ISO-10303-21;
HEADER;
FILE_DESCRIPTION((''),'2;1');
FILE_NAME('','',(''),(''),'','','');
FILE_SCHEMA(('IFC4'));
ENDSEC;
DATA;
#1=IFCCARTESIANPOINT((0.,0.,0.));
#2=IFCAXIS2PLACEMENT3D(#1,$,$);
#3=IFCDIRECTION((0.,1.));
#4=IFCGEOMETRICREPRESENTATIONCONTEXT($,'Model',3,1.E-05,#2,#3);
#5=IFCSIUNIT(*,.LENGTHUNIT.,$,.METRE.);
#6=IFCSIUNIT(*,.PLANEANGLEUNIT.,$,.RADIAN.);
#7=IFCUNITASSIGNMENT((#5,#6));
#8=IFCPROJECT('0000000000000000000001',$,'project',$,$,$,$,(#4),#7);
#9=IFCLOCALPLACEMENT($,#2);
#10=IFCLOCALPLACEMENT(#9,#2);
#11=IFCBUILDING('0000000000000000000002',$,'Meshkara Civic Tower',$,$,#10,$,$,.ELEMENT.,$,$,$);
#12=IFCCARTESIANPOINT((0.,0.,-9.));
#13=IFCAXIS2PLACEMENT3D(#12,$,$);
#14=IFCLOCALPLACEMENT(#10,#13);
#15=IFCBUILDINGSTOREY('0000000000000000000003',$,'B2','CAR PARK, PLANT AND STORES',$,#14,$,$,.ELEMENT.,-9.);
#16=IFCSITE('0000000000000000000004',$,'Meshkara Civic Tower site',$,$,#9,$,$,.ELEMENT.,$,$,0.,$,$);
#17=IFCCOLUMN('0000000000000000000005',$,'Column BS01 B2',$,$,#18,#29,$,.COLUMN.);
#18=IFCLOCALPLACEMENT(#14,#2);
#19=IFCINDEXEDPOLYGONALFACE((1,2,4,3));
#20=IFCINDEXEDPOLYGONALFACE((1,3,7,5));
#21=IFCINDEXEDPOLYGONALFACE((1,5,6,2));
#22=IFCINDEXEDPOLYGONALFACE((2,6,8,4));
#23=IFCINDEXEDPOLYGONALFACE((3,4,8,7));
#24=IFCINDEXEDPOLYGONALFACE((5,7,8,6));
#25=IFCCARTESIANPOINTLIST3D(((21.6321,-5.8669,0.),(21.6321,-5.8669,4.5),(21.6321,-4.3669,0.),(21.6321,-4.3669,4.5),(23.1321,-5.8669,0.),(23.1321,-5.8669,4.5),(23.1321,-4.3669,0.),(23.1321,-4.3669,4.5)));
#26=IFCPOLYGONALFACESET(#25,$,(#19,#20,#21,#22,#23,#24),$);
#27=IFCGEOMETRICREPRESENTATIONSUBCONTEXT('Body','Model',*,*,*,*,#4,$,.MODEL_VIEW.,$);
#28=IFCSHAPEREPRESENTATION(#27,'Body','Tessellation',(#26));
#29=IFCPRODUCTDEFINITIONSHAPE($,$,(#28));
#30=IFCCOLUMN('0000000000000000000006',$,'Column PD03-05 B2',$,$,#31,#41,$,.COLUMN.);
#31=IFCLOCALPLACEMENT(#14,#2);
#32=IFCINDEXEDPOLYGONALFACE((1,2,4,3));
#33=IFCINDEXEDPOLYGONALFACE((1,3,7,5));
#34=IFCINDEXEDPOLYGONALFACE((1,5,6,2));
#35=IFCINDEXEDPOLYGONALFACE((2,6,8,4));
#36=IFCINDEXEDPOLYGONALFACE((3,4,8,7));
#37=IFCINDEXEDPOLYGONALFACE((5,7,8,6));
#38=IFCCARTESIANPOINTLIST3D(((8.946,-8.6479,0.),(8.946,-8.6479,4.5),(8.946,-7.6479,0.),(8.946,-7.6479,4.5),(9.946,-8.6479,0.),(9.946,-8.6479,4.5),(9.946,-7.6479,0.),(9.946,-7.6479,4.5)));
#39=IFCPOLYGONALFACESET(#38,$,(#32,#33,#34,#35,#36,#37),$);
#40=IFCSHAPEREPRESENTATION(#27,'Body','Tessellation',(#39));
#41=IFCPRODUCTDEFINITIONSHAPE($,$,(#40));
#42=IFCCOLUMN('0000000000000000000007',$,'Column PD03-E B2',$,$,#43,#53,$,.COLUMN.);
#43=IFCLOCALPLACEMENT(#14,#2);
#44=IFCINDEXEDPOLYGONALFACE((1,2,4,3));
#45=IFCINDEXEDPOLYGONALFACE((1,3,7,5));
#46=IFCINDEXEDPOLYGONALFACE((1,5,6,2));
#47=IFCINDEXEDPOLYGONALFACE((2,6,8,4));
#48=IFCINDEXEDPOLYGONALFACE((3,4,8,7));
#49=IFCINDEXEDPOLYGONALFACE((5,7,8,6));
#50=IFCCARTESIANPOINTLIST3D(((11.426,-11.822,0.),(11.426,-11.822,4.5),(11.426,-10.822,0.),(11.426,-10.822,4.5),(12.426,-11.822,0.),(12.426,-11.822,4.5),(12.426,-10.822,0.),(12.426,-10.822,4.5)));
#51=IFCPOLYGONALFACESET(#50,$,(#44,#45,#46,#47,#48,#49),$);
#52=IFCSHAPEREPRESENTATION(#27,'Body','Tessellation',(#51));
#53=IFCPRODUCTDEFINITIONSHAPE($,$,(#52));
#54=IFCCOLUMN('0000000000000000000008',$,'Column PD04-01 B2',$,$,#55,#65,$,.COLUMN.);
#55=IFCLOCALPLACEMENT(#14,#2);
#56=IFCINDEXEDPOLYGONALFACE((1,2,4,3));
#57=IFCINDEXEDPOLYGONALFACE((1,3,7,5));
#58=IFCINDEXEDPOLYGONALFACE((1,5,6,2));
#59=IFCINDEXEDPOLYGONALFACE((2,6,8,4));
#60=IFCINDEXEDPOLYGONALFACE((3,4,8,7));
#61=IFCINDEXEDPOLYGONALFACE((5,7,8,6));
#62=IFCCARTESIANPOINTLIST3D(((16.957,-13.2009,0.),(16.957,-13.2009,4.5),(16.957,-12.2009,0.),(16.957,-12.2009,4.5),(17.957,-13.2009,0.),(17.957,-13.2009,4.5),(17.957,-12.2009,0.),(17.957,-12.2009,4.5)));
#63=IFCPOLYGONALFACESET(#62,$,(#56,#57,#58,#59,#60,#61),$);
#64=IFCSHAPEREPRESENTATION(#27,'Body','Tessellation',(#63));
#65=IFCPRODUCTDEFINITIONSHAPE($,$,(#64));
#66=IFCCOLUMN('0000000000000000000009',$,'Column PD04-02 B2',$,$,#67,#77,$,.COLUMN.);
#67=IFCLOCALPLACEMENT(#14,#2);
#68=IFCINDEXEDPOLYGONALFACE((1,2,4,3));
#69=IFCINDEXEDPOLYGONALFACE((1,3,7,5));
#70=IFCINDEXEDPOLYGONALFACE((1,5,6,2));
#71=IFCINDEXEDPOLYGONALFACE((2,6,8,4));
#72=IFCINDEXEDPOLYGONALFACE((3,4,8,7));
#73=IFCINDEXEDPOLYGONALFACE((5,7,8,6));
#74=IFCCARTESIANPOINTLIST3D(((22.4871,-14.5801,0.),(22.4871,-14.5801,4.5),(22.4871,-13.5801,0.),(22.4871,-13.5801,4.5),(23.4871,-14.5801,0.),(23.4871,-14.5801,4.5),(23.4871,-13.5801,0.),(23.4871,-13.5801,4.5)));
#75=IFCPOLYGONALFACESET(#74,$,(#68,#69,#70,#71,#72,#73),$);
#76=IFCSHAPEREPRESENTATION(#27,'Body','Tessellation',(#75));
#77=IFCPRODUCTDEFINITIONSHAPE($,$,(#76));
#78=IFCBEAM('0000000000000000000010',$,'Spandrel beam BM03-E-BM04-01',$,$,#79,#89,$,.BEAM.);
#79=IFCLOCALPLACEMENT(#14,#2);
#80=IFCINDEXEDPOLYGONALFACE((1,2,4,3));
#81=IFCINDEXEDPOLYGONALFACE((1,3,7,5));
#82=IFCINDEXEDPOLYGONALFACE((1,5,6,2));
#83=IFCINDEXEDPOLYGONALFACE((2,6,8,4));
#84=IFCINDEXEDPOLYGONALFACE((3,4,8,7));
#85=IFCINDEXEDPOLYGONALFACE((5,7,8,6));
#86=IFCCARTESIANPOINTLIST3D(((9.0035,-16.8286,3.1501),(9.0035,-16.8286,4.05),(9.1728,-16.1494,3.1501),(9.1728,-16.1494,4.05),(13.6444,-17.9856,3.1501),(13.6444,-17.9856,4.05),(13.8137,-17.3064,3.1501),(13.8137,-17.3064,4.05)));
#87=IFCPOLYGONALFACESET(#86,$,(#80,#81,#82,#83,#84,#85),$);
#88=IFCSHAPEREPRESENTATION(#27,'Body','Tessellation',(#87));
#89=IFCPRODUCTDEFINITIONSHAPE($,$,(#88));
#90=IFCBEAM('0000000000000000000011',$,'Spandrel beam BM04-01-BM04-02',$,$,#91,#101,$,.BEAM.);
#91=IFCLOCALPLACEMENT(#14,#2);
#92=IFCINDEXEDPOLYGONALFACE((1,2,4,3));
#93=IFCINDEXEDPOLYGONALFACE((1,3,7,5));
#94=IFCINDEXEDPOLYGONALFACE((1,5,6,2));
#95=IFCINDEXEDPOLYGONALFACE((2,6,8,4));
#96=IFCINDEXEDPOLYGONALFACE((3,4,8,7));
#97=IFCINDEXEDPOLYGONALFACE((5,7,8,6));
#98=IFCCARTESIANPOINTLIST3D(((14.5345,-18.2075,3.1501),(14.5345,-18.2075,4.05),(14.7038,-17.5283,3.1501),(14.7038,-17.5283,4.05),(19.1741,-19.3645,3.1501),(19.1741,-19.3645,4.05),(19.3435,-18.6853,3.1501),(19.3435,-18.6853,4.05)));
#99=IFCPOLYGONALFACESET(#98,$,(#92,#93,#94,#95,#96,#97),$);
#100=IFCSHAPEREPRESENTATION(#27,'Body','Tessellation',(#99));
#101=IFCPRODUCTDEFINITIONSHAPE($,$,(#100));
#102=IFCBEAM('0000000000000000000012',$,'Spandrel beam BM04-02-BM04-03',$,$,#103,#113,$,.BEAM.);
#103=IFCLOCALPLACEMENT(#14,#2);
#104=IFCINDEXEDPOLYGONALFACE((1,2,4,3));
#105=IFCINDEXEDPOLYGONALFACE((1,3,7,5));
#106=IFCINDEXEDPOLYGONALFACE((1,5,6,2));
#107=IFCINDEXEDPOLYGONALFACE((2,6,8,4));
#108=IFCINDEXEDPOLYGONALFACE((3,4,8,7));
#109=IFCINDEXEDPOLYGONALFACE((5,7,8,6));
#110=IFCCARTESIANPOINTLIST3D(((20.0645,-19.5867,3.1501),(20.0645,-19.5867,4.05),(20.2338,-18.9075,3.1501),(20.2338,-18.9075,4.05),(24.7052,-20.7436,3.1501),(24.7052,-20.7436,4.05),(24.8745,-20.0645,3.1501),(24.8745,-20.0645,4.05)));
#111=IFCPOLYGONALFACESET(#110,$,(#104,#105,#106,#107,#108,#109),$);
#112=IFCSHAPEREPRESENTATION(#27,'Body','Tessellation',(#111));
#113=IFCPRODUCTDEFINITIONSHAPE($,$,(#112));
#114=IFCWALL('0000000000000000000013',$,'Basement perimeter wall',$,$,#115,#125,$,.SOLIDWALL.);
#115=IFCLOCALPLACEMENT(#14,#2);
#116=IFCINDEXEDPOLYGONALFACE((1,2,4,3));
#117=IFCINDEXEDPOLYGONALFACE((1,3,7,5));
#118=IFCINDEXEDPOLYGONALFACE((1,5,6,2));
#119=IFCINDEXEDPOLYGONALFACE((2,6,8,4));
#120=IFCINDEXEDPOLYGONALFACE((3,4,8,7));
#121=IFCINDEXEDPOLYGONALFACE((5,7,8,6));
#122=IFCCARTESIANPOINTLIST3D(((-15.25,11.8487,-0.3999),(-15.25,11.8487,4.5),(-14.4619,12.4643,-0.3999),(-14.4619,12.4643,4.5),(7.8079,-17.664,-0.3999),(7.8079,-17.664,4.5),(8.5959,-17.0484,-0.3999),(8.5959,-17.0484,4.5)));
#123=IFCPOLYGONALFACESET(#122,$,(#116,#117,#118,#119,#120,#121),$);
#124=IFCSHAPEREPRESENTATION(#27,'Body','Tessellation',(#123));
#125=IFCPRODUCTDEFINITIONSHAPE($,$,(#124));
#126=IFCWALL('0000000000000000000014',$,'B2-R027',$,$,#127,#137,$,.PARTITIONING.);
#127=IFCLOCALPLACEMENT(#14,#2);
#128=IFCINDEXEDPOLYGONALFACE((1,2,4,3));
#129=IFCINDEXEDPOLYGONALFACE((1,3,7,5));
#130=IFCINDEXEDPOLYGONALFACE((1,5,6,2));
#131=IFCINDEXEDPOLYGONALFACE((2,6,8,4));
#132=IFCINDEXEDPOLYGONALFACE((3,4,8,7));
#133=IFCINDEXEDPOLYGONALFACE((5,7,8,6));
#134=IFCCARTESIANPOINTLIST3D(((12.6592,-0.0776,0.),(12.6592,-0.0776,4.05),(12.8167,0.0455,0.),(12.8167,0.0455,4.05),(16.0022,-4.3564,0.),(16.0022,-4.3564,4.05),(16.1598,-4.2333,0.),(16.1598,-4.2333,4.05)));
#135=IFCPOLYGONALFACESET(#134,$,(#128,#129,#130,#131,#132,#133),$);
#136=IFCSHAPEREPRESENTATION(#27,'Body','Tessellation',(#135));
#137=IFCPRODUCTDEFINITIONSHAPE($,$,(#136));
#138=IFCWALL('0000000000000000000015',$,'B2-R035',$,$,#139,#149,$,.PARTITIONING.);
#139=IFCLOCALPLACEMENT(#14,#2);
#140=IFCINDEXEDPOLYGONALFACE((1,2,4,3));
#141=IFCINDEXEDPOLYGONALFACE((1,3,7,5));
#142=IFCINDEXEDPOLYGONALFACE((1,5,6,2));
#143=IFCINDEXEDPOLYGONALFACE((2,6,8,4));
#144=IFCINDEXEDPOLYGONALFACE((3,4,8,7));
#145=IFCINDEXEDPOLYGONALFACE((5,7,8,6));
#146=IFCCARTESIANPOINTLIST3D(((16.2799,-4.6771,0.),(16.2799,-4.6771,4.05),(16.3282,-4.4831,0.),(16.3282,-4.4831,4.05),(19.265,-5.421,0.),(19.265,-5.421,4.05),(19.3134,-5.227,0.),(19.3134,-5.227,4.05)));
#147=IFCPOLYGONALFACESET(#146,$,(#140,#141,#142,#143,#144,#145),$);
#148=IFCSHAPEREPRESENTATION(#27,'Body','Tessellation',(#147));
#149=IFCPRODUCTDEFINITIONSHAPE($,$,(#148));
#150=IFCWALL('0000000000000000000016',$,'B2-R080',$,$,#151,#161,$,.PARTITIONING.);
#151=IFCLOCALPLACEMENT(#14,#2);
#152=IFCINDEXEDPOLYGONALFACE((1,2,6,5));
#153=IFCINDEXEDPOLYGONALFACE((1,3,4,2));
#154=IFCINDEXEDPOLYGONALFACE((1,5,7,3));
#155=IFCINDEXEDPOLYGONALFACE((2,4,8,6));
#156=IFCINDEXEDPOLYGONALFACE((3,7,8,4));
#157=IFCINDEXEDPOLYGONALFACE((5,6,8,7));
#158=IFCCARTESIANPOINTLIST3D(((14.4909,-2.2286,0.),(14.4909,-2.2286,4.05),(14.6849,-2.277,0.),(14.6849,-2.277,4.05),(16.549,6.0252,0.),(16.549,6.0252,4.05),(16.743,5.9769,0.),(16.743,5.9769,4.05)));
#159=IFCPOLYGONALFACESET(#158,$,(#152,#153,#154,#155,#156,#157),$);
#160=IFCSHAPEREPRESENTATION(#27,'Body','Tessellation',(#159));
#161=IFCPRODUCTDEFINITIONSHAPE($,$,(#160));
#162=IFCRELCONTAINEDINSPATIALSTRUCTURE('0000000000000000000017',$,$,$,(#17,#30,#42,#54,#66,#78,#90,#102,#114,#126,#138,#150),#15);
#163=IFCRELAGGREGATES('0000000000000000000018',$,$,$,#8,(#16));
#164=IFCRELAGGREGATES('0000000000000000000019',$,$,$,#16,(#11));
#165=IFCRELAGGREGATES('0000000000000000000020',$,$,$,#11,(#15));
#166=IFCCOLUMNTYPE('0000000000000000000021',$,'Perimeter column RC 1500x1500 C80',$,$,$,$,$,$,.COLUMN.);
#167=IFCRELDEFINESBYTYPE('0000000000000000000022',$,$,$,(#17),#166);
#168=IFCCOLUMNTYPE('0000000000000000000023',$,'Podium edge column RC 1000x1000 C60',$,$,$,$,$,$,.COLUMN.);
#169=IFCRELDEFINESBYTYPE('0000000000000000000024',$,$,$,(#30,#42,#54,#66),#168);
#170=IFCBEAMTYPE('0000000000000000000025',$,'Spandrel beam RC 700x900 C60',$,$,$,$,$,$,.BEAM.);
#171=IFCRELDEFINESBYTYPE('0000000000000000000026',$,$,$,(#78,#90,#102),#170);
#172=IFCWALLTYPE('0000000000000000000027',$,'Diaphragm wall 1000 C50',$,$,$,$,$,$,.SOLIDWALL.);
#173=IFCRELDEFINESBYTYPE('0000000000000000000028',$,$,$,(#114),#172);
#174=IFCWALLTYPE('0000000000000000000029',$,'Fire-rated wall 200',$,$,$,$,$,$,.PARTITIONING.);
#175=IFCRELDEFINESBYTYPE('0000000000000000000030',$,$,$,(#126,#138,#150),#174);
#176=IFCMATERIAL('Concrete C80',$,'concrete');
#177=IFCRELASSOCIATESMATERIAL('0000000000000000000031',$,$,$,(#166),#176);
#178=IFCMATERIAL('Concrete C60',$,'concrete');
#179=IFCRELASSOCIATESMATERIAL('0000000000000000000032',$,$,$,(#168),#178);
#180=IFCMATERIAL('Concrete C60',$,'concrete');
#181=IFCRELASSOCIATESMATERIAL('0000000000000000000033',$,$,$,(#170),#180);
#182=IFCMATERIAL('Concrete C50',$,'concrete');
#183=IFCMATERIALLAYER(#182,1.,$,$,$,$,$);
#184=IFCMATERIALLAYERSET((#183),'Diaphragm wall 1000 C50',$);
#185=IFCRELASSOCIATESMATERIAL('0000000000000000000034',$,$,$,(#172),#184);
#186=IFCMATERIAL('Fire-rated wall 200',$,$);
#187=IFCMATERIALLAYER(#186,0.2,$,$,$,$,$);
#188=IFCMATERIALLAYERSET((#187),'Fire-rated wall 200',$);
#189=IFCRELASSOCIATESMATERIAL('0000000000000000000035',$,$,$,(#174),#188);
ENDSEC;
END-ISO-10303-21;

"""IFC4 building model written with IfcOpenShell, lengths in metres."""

from ifc_helpers import new_model, si_unit, direction, frame, frame_2d, origin, origin_2d, place, context, subcontext, project, spatial, rectangle, extrude, material, layer, layer_set, material_profile, profile_set, type_object, element, save


model = new_model("IFC4")

# Units and contexts
model_context = context("Model", 3, precision=1e-05, world=origin(), true_north=direction((0.0, 1.0)))
body_context = subcontext(model_context, "Body", "Model", "MODEL_VIEW")
ifc_project = project(units=[si_unit("LENGTHUNIT", "METRE"), si_unit("PLANEANGLEUNIT", "RADIAN")], contexts=[model_context])

# Site, building, storey
site_placement = place(None, origin())
site = spatial("IfcSite", under=ifc_project, at=site_placement, Name="Meshkara Civic Tower site", CompositionType="ELEMENT", RefElevation=0.0)
building_placement = place(site_placement, origin())
building = spatial("IfcBuilding", under=site, at=building_placement, Name="Meshkara Civic Tower", CompositionType="ELEMENT")
storey_placement = place(building_placement, frame((0.0, 0.0, -9.0)))
storey = spatial("IfcBuildingStorey", under=building, at=storey_placement, Name="B2", Description="CAR PARK, PLANT AND STORES", CompositionType="ELEMENT", Elevation=-9.0)

# Columns
ifc_material_1 = material(Name="Concrete C80", Category="concrete")
ifc_material_profile_1 = material_profile(ifc_material_1, rectangle(XDim=1.5, YDim=1.5, at=origin_2d()))
ifc_profile_set_1 = profile_set([ifc_material_profile_1], Name="Concrete C80")
column_type_1 = type_object("IfcColumnType", Name="Perimeter column RC 1500x1500 C80", PredefinedType="COLUMN", material=ifc_profile_set_1)
for number, where, z_axis, x_axis, name in (
    (1, (22.3821, -5.1169, 0.0), (0.0, 0.0, 1.0), (1.0, 0.0, 0.0), "Column BS01 B2"),
):
    element("IfcColumn", number, at=place(storey_placement, frame(where, z_axis=z_axis, x_axis=x_axis)), inside=storey, type_object=column_type_1, Name=name, PredefinedType="COLUMN", context=body_context, shape_type="SweptSolid", body=[
        extrude(rectangle(XDim=1.5, YDim=1.5, at=origin_2d()), origin(), (0.0, 0.0, 1.0), 4.5),
    ])
ifc_material_2 = material(Name="Concrete C60", Category="concrete")
ifc_material_profile_2 = material_profile(ifc_material_2, rectangle(XDim=1.0, YDim=1.0, at=origin_2d()))
ifc_profile_set_2 = profile_set([ifc_material_profile_2], Name="Concrete C60")
column_type_2 = type_object("IfcColumnType", Name="Podium edge column RC 1000x1000 C60", PredefinedType="COLUMN", material=ifc_profile_set_2)
for number, where, z_axis, x_axis, name in (
    (2, (9.446, -8.1479, 0.0), (0.0, 0.0, 1.0), (1.0, 0.0, 0.0), "Column PD03-05 B2"),
    (3, (11.926, -11.322, 0.0), (0.0, 0.0, 1.0), (1.0, 0.0, 0.0), "Column PD03-E B2"),
    (4, (17.457, -12.7009, 0.0), (0.0, 0.0, 1.0), (1.0, 0.0, 0.0), "Column PD04-01 B2"),
    (5, (22.9871, -14.0801, 0.0), (0.0, 0.0, 1.0), (1.0, 0.0, 0.0), "Column PD04-02 B2"),
):
    element("IfcColumn", number, at=place(storey_placement, frame(where, z_axis=z_axis, x_axis=x_axis)), inside=storey, type_object=column_type_2, Name=name, PredefinedType="COLUMN", context=body_context, shape_type="SweptSolid", body=[
        extrude(rectangle(XDim=1.0, YDim=1.0, at=origin_2d()), origin(), (0.0, 0.0, 1.0), 4.5),
    ])

# Beams
ifc_material_3 = material(Name="Concrete C60", Category="concrete")
ifc_material_profile_3 = material_profile(ifc_material_3, rectangle(XDim=0.7, YDim=0.8999, at=origin_2d()))
ifc_profile_set_3 = profile_set([ifc_material_profile_3], Name="Concrete C60")
beam_type = type_object("IfcBeamType", Name="Spandrel beam RC 700x900 C60", PredefinedType="BEAM", material=ifc_profile_set_3)
beam_1_placement = place(storey_placement, frame((9.0881, -16.489, 3.6001), z_axis=(0.970301, -0.241899, 0.0), x_axis=(0.241899, 0.970301, 0.0)))
element("IfcBeam", 6, at=beam_1_placement, inside=storey, type_object=beam_type, Name="Spandrel beam BM03-E-BM04-01", PredefinedType="BEAM", context=body_context, shape_type="SweptSolid", body=[
    extrude(rectangle(XDim=0.7, YDim=0.8999, at=origin_2d()), origin(), (0.0, 0.0, 1.0), 4.783),
])
beam_2_placement = place(storey_placement, frame((14.6191, -17.8679, 3.6001), z_axis=(0.970286, -0.241959, 0.0), x_axis=(0.241959, 0.970286, 0.0)))
element("IfcBeam", 7, at=beam_2_placement, inside=storey, type_object=beam_type, Name="Spandrel beam BM04-01-BM04-02", PredefinedType="BEAM", context=body_context, shape_type="SweptSolid", body=[
    extrude(rectangle(XDim=0.7, YDim=0.8999, at=origin_2d()), origin(), (0.0, 0.0, 1.0), 4.7817),
])
beam_3_placement = place(storey_placement, frame((20.1492, -19.2471, 3.6001), z_axis=(0.970298, -0.241911, 0.0), x_axis=(0.241911, 0.970298, 0.0)))
element("IfcBeam", 8, at=beam_3_placement, inside=storey, type_object=beam_type, Name="Spandrel beam BM04-02-BM04-03", PredefinedType="BEAM", context=body_context, shape_type="SweptSolid", body=[
    extrude(rectangle(XDim=0.7, YDim=0.8999, at=origin_2d()), origin(), (0.0, 0.0, 1.0), 4.7827),
])

# Walls
ifc_material_4 = material(Name="Concrete C50", Category="concrete")
ifc_layer_1 = layer(ifc_material_4, 1.0)
ifc_layer_set_1 = layer_set([ifc_layer_1], Name="Diaphragm wall 1000 C50")
wall_type_1 = type_object("IfcWallType", Name="Diaphragm wall 1000 C50", PredefinedType="SOLIDWALL", material=ifc_layer_set_1)
wall_1_placement = place(storey_placement, frame((8.2019, -17.3562, -0.3999), z_axis=(0.0, 0.0, 1.0), x_axis=(-0.615662, 0.788011, 0.0)))
element("IfcWall", 9, at=wall_1_placement, inside=storey, type_object=wall_type_1, Name="Basement perimeter wall", PredefinedType="SOLIDWALL", context=body_context, shape_type="SweptSolid", body=[
    extrude(rectangle(XDim=37.4521, YDim=1.0, at=frame_2d((18.7261, 0.0))), origin(), (0.0, 0.0, 1.0), 4.8999),
])
ifc_material_5 = material(Name="Fire-rated wall 200")
ifc_layer_2 = layer(ifc_material_5, 0.2)
ifc_layer_set_2 = layer_set([ifc_layer_2], Name="Fire-rated wall 200")
wall_type_2 = type_object("IfcWallType", Name="Fire-rated wall 200", PredefinedType="PARTITIONING", material=ifc_layer_set_2)
wall_2_placement = place(storey_placement, frame((12.738, -0.0161, 0.0), z_axis=(0.0, 0.0, 1.0), x_axis=(0.615667, -0.788007, 0.0)))
element("IfcWall", 10, at=wall_2_placement, inside=storey, type_object=wall_type_2, Name="B2-R027", PredefinedType="PARTITIONING", context=body_context, shape_type="SweptSolid", body=[
    extrude(rectangle(XDim=5.4299, YDim=0.2, at=frame_2d((2.7148, 0.0))), origin(), (0.0, 0.0, 1.0), 4.05),
])
wall_3_placement = place(storey_placement, frame((19.2891, -5.324, 0.0), z_axis=(0.0, 0.0, 1.0), x_axis=(-0.970324, 0.241807, 0.0)))
element("IfcWall", 11, at=wall_3_placement, inside=storey, type_object=wall_type_2, Name="B2-R035", PredefinedType="PARTITIONING", context=body_context, shape_type="SweptSolid", body=[
    extrude(rectangle(XDim=3.0764, YDim=0.2, at=frame_2d((1.5381, 0.0))), origin(), (0.0, 0.0, 1.0), 4.05),
])
wall_4_placement = place(storey_placement, frame((14.5879, -2.2529, 0.0), z_axis=(0.0, 0.0, 1.0), x_axis=(0.241941, 0.970291, 0.0)))
element("IfcWall", 12, at=wall_4_placement, inside=storey, type_object=wall_type_2, Name="B2-R080", PredefinedType="PARTITIONING", context=body_context, shape_type="SweptSolid", body=[
    extrude(rectangle(XDim=8.5066, YDim=0.2, at=frame_2d((4.2534, 0.0))), origin(), (0.0, 0.0, 1.0), 4.05),
])

save(model, "model.ifc")
